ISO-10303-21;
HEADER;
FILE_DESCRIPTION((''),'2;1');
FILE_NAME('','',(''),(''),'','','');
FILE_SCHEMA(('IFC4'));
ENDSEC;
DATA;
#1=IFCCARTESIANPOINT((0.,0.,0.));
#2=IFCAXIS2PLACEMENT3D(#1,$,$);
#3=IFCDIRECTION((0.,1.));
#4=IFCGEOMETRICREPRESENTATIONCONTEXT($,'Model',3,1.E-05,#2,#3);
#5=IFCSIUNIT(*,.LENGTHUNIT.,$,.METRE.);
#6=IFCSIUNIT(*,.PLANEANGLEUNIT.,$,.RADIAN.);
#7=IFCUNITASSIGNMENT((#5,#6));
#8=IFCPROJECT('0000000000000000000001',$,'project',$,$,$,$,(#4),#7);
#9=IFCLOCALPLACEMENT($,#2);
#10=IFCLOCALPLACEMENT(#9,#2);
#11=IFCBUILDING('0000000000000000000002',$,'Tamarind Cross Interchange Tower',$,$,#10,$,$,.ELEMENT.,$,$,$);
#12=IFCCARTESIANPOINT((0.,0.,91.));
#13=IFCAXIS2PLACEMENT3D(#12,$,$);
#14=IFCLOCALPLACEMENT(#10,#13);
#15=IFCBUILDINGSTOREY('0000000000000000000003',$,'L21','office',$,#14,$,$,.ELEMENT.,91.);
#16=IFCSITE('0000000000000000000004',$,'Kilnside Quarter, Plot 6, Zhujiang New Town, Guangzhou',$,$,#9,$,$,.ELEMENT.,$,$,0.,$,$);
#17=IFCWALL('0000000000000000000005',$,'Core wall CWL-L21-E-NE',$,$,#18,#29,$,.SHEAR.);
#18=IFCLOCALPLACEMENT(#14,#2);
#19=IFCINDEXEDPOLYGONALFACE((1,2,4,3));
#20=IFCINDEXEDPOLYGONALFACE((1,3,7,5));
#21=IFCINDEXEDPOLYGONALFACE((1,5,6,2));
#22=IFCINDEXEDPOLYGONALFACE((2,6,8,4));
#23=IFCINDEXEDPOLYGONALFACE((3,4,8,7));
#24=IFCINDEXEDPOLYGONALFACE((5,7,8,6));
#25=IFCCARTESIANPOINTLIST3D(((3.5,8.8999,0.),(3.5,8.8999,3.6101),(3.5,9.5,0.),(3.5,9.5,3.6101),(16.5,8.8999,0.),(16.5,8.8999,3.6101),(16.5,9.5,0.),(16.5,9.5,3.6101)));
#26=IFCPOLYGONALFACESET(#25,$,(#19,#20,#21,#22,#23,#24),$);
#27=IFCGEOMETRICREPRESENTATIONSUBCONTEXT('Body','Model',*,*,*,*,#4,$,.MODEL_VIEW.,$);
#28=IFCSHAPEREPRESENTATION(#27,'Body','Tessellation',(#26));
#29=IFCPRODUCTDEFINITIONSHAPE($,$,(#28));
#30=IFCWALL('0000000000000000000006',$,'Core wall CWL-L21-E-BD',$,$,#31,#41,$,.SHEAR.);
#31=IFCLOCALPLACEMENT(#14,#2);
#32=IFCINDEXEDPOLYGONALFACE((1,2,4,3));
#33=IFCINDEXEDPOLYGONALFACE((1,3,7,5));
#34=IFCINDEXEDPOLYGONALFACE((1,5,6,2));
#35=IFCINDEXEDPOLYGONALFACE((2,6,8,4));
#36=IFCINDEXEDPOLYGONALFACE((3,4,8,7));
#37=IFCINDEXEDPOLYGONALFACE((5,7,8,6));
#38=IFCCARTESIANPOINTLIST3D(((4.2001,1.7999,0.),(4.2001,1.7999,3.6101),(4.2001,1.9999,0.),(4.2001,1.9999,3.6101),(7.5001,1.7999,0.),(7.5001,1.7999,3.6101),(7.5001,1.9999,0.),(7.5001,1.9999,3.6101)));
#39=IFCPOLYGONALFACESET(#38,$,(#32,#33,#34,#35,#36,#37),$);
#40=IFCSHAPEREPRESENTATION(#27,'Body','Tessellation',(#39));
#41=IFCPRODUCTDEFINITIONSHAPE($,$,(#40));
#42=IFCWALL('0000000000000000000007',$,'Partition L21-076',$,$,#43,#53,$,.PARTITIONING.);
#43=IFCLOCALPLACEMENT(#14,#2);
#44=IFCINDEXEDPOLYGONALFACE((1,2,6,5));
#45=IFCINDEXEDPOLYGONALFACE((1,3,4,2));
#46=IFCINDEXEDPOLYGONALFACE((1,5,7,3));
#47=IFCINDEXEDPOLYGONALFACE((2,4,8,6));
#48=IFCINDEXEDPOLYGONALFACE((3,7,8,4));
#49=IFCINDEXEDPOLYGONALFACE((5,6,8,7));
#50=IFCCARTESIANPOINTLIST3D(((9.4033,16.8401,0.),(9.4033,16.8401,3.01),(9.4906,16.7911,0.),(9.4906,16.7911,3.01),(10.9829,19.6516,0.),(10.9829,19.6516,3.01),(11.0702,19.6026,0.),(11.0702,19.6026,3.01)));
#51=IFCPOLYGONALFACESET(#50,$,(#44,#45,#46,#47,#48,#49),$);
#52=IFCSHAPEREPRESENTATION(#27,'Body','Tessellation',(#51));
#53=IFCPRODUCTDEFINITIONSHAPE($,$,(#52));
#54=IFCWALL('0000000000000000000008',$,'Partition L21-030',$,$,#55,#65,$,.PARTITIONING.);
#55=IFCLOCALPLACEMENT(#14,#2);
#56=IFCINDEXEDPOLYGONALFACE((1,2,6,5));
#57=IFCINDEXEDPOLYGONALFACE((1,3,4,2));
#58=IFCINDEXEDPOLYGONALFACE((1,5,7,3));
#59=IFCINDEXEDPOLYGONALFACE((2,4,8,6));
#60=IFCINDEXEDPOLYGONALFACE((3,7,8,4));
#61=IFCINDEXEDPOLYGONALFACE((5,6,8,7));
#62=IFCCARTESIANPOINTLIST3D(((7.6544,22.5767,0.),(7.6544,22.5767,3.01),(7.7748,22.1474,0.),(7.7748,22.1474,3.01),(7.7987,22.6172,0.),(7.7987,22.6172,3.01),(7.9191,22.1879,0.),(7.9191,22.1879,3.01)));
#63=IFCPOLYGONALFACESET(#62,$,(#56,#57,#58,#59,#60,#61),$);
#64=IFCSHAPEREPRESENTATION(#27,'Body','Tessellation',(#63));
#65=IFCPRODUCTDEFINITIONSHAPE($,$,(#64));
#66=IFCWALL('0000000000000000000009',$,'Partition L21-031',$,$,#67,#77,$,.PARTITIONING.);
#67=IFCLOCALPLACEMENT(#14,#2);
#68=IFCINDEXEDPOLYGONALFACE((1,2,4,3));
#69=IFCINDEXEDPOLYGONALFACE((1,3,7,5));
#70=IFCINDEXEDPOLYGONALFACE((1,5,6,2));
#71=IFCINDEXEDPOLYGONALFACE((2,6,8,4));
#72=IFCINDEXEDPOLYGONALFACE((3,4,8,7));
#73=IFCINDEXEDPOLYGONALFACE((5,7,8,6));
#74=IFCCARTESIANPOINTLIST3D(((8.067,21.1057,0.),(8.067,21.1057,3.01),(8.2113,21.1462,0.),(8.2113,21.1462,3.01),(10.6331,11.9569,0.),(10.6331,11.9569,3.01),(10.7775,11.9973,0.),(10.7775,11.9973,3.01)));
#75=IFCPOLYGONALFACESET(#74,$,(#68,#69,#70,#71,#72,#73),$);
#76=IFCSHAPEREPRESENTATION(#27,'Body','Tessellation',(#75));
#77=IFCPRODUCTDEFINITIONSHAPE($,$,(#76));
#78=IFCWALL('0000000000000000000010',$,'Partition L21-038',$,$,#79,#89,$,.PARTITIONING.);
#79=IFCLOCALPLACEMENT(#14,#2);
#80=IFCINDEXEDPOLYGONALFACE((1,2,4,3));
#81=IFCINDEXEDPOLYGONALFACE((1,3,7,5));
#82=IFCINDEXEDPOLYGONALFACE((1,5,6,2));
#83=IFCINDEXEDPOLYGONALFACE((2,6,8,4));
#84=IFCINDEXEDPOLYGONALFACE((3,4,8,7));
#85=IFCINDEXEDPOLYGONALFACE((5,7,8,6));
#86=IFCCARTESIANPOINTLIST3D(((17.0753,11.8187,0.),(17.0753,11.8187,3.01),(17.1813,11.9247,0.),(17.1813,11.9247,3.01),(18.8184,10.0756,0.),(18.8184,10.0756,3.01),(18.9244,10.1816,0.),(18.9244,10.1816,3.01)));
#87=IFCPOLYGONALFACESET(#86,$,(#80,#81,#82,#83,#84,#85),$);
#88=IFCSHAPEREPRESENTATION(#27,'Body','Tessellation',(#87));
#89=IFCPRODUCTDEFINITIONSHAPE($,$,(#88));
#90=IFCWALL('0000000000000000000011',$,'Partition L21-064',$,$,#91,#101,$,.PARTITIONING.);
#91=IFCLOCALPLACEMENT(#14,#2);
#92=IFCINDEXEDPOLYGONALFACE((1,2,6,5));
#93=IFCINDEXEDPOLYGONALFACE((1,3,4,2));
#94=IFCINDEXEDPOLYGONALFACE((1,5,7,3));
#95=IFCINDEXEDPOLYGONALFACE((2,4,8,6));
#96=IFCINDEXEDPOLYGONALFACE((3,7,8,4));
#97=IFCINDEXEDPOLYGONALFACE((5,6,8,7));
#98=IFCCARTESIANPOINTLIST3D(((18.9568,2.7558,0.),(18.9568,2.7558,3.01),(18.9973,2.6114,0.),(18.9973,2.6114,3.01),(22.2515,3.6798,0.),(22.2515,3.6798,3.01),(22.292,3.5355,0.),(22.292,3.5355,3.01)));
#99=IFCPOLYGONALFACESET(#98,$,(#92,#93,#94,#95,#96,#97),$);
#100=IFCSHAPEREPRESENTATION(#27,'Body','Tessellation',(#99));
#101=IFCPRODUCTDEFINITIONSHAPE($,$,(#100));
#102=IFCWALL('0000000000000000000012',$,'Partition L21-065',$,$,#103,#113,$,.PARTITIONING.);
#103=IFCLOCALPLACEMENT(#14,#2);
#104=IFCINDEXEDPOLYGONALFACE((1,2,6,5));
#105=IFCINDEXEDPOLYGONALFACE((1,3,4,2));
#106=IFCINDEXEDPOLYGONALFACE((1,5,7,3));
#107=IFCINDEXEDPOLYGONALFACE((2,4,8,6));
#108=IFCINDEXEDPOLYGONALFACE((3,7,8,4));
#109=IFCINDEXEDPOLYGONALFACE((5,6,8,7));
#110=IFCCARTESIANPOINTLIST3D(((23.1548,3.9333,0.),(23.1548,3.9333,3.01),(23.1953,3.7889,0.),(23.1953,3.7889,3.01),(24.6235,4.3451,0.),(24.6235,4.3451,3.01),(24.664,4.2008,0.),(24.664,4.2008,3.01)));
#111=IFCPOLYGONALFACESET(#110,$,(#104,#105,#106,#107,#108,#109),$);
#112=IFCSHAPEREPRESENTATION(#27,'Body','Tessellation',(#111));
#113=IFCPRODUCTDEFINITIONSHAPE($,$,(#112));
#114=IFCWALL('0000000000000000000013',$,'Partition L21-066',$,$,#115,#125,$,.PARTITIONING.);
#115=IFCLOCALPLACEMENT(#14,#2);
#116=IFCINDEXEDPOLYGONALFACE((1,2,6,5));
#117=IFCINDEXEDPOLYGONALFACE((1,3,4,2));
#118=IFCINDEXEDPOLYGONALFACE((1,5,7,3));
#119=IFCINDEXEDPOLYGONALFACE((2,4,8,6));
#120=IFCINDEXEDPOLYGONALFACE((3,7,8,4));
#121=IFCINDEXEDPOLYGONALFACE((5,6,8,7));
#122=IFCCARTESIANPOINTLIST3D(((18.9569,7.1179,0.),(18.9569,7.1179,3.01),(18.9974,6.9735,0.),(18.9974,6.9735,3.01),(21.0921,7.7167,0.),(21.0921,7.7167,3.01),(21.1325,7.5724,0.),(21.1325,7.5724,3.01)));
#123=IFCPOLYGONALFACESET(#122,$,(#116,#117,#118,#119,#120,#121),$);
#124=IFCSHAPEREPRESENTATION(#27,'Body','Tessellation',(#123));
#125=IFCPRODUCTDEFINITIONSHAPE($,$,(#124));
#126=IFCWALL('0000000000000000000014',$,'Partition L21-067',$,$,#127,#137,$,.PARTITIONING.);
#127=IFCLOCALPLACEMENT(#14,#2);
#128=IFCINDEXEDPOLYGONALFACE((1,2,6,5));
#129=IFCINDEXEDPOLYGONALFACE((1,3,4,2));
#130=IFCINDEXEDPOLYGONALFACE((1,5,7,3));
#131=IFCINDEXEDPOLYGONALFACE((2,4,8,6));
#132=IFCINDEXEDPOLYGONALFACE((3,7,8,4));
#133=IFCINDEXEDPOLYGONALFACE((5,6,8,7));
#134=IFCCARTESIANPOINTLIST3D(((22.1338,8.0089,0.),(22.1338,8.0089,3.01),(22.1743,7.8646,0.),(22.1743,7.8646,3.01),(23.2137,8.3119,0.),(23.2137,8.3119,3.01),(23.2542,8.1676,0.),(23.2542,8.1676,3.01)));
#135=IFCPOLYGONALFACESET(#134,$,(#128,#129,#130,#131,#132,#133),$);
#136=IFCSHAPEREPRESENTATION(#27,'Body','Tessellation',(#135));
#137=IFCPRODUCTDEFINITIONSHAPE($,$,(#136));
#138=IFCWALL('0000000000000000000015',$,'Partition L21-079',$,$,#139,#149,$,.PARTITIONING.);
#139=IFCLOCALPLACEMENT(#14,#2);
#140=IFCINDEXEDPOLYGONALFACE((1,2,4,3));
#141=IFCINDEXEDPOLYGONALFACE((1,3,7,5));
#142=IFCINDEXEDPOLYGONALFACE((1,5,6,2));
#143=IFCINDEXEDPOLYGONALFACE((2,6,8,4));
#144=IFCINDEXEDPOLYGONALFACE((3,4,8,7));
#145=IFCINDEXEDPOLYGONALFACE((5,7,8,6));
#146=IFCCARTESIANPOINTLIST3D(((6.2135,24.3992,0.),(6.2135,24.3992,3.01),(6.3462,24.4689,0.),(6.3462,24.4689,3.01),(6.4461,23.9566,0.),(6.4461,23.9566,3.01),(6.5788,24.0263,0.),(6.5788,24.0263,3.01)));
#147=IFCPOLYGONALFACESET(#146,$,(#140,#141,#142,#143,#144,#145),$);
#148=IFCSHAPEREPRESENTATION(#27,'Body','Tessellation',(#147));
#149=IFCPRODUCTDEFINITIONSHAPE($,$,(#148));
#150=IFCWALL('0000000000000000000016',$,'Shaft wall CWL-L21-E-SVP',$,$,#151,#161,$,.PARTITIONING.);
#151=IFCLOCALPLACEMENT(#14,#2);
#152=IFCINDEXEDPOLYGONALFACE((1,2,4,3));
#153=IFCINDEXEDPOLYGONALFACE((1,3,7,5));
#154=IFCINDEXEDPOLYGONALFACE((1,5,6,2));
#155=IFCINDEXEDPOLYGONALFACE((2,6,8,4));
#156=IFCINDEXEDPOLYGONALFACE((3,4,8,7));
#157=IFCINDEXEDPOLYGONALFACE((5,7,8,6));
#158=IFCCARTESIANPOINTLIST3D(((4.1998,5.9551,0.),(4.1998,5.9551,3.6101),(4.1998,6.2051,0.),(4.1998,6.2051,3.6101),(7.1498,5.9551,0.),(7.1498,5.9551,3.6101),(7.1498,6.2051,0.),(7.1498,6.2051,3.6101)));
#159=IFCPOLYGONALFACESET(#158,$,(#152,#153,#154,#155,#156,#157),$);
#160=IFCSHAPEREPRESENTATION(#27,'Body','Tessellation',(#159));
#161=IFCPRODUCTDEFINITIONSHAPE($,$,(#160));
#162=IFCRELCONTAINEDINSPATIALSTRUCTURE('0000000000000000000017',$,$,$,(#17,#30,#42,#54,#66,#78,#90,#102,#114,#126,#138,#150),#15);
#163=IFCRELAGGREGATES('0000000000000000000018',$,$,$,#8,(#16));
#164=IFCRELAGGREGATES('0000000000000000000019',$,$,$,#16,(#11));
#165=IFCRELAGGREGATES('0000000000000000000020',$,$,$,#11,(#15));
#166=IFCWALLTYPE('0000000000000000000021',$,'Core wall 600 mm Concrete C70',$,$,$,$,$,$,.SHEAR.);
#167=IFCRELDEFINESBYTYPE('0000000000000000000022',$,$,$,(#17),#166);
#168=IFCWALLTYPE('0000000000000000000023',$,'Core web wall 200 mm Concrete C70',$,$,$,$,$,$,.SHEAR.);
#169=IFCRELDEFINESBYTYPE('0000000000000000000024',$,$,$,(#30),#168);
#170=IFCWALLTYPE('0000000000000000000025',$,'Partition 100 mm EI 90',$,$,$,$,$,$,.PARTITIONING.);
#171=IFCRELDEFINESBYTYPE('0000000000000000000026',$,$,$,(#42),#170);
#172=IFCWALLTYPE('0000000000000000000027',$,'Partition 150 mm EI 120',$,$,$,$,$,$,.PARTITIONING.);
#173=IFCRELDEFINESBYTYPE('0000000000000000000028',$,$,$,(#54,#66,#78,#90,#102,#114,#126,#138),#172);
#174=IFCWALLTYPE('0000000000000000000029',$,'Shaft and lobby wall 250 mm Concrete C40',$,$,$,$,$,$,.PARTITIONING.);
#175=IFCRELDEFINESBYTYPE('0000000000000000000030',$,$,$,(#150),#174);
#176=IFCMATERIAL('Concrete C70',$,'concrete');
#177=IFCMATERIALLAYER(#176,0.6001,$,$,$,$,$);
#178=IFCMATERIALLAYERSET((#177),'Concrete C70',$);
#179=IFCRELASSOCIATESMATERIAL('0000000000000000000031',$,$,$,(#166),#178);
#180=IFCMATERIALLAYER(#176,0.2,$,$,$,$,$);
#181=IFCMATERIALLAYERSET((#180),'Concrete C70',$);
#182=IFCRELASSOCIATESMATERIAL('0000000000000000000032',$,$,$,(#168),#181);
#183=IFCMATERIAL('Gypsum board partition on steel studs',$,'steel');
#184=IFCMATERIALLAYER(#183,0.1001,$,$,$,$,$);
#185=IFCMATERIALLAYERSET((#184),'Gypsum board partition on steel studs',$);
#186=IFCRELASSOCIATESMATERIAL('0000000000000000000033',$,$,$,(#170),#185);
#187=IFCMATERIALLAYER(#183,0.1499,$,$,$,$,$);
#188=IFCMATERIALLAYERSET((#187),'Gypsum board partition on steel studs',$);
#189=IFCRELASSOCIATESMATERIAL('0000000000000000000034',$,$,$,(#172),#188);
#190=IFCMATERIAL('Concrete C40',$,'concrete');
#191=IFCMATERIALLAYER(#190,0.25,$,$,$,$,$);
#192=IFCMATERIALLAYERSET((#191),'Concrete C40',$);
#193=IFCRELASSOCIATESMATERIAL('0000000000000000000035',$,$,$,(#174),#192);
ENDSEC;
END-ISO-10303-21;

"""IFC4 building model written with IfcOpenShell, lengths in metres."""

from ifc_helpers import new_model, si_unit, direction, frame, frame_2d, origin, place, context, subcontext, project, spatial, rectangle, extrude, material, layer, layer_set, type_object, element, save


model = new_model("IFC4")

# Units and contexts
model_context = context("Model", 3, precision=1e-05, world=origin(), true_north=direction((0.0, 1.0)))
body_context = subcontext(model_context, "Body", "Model", "MODEL_VIEW")
ifc_project = project(units=[si_unit("LENGTHUNIT", "METRE"), si_unit("PLANEANGLEUNIT", "RADIAN")], contexts=[model_context])

# Site, building, storey
site_placement = place(None, origin())
site = spatial("IfcSite", under=ifc_project, at=site_placement, Name="Kilnside Quarter, Plot 6, Zhujiang New Town, Guangzhou", CompositionType="ELEMENT", RefElevation=0.0)
building_placement = place(site_placement, origin())
building = spatial("IfcBuilding", under=site, at=building_placement, Name="Tamarind Cross Interchange Tower", CompositionType="ELEMENT")
storey_placement = place(building_placement, frame((0.0, 0.0, 91.0)))
storey = spatial("IfcBuildingStorey", under=building, at=storey_placement, Name="L21", Description="office", CompositionType="ELEMENT", Elevation=91.0)

# Walls
ifc_material_1 = material(Name="Concrete C70", Category="concrete")
ifc_layer_1 = layer(ifc_material_1, 0.6001)
ifc_layer_set_1 = layer_set([ifc_layer_1], Name="Concrete C70")
wall_type_1 = type_object("IfcWallType", Name="Core wall 600 mm Concrete C70", PredefinedType="SHEAR", material=ifc_layer_set_1)
wall_1_placement = place(storey_placement, frame((16.5, 9.2, 0.0), z_axis=(0.0, 0.0, 1.0), x_axis=(-1.0, 0.0, 0.0)))
element("IfcWall", 1, at=wall_1_placement, inside=storey, type_object=wall_type_1, Name="Core wall CWL-L21-E-NE", PredefinedType="SHEAR", context=body_context, shape_type="SweptSolid", body=[
    extrude(rectangle(XDim=13.0, YDim=0.6001, at=frame_2d((6.5, 0.0))), origin(), (0.0, 0.0, 1.0), 3.6101),
])
ifc_layer_2 = layer(ifc_material_1, 0.2)
ifc_layer_set_2 = layer_set([ifc_layer_2], Name="Concrete C70")
wall_type_2 = type_object("IfcWallType", Name="Core web wall 200 mm Concrete C70", PredefinedType="SHEAR", material=ifc_layer_set_2)
wall_2_placement = place(storey_placement, frame((7.5, 1.8999, 0.0), z_axis=(0.0, 0.0, 1.0), x_axis=(-1.0, 0.0, 0.0)))
element("IfcWall", 2, at=wall_2_placement, inside=storey, type_object=wall_type_2, Name="Core wall CWL-L21-E-BD", PredefinedType="SHEAR", context=body_context, shape_type="SweptSolid", body=[
    extrude(rectangle(XDim=3.3, YDim=0.2, at=frame_2d((1.6499, 0.0))), origin(), (0.0, 0.0, 1.0), 3.6101),
])
ifc_material_2 = material(Name="Gypsum board partition on steel studs", Category="steel")
ifc_layer_3 = layer(ifc_material_2, 0.1001)
ifc_layer_set_3 = layer_set([ifc_layer_3], Name="Gypsum board partition on steel studs")
wall_type_3 = type_object("IfcWallType", Name="Partition 100 mm EI 90", PredefinedType="PARTITIONING", material=ifc_layer_set_3)
wall_3_placement = place(storey_placement, frame((9.447, 16.8157, 0.0), z_axis=(0.0, 0.0, 1.0), x_axis=(0.489815, 0.871826, 0.0)))
element("IfcWall", 3, at=wall_3_placement, inside=storey, type_object=wall_type_3, Name="Partition L21-076", PredefinedType="PARTITIONING", context=body_context, shape_type="SweptSolid", body=[
    extrude(rectangle(XDim=3.2249, YDim=0.1001, at=frame_2d((1.6123, 0.0))), origin(), (0.0, 0.0, 1.0), 3.01),
])
ifc_layer_4 = layer(ifc_material_2, 0.1499)
ifc_layer_set_4 = layer_set([ifc_layer_4], Name="Gypsum board partition on steel studs")
wall_type_4 = type_object("IfcWallType", Name="Partition 150 mm EI 120", PredefinedType="PARTITIONING", material=ifc_layer_set_4)
wall_4_placement = place(storey_placement, frame((7.7266, 22.5969, 0.0), z_axis=(0.0, 0.0, 1.0), x_axis=(0.270016, -0.962856, 0.0)))
element("IfcWall", 4, at=wall_4_placement, inside=storey, type_object=wall_type_4, Name="Partition L21-030", PredefinedType="PARTITIONING", context=body_context, shape_type="SweptSolid", body=[
    extrude(rectangle(XDim=0.4458, YDim=0.1499, at=frame_2d((0.2229, 0.0))), origin(), (0.0, 0.0, 1.0), 3.01),
])
wall_5_placement = place(storey_placement, frame((8.1392, 21.126, 0.0), z_axis=(0.0, 0.0, 1.0), x_axis=(0.270065, -0.962842, 0.0)))
element("IfcWall", 5, at=wall_5_placement, inside=storey, type_object=wall_type_4, Name="Partition L21-031", PredefinedType="PARTITIONING", context=body_context, shape_type="SweptSolid", body=[
    extrude(rectangle(XDim=9.502, YDim=0.1499, at=frame_2d((4.751, 0.0))), origin(), (0.0, 0.0, 1.0), 3.01),
])
wall_6_placement = place(storey_placement, frame((17.1284, 11.8716, 0.0), z_axis=(0.0, 0.0, 1.0), x_axis=(0.707107, -0.707107, 0.0)))
element("IfcWall", 6, at=wall_6_placement, inside=storey, type_object=wall_type_4, Name="Partition L21-038", PredefinedType="PARTITIONING", context=body_context, shape_type="SweptSolid", body=[
    extrude(rectangle(XDim=2.4651, YDim=0.1499, at=frame_2d((1.2324, 0.0))), origin(), (0.0, 0.0, 1.0), 3.01),
])
wall_7_placement = place(storey_placement, frame((18.9771, 2.6836, 0.0), z_axis=(0.0, 0.0, 1.0), x_axis=(0.962845, 0.270053, 0.0)))
element("IfcWall", 7, at=wall_7_placement, inside=storey, type_object=wall_type_4, Name="Partition L21-064", PredefinedType="PARTITIONING", context=body_context, shape_type="SweptSolid", body=[
    extrude(rectangle(XDim=3.4219, YDim=0.1499, at=frame_2d((1.7109, 0.0))), origin(), (0.0, 0.0, 1.0), 3.01),
])
wall_8_placement = place(storey_placement, frame((23.175, 3.8611, 0.0), z_axis=(0.0, 0.0, 1.0), x_axis=(0.962859, 0.270004, 0.0)))
element("IfcWall", 8, at=wall_8_placement, inside=storey, type_object=wall_type_4, Name="Partition L21-065", PredefinedType="PARTITIONING", context=body_context, shape_type="SweptSolid", body=[
    extrude(rectangle(XDim=1.5254, YDim=0.1499, at=frame_2d((0.7627, 0.0))), origin(), (0.0, 0.0, 1.0), 3.01),
])
wall_9_placement = place(storey_placement, frame((18.9771, 7.0457, 0.0), z_axis=(0.0, 0.0, 1.0), x_axis=(0.962846, 0.27005, 0.0)))
element("IfcWall", 9, at=wall_9_placement, inside=storey, type_object=wall_type_4, Name="Partition L21-066", PredefinedType="PARTITIONING", context=body_context, shape_type="SweptSolid", body=[
    extrude(rectangle(XDim=2.2175, YDim=0.1499, at=frame_2d((1.1089, 0.0))), origin(), (0.0, 0.0, 1.0), 3.01),
])
wall_10_placement = place(storey_placement, frame((22.1541, 7.9368, 0.0), z_axis=(0.0, 0.0, 1.0), x_axis=(0.962819, 0.270147, 0.0)))
element("IfcWall", 10, at=wall_10_placement, inside=storey, type_object=wall_type_4, Name="Partition L21-067", PredefinedType="PARTITIONING", context=body_context, shape_type="SweptSolid", body=[
    extrude(rectangle(XDim=1.1216, YDim=0.1499, at=frame_2d((0.5608, 0.0))), origin(), (0.0, 0.0, 1.0), 3.01),
])
wall_11_placement = place(storey_placement, frame((6.5125, 23.9915, 0.0), z_axis=(0.0, 0.0, 1.0), x_axis=(-0.465284, 0.885162, 0.0)))
element("IfcWall", 11, at=wall_11_placement, inside=storey, type_object=wall_type_4, Name="Partition L21-079", PredefinedType="PARTITIONING", context=body_context, shape_type="SweptSolid", body=[
    extrude(rectangle(XDim=0.5, YDim=0.1499, at=frame_2d((0.25, 0.0))), origin(), (0.0, 0.0, 1.0), 3.01),
])
ifc_material_3 = material(Name="Concrete C40", Category="concrete")
ifc_layer_5 = layer(ifc_material_3, 0.25)
ifc_layer_set_5 = layer_set([ifc_layer_5], Name="Concrete C40")
wall_type_5 = type_object("IfcWallType", Name="Shaft and lobby wall 250 mm Concrete C40", PredefinedType="PARTITIONING", material=ifc_layer_set_5)
wall_12_placement = place(storey_placement, frame((7.1499, 6.0801, 0.0), z_axis=(0.0, 0.0, 1.0), x_axis=(-1.0, 0.0, 0.0)))
element("IfcWall", 12, at=wall_12_placement, inside=storey, type_object=wall_type_5, Name="Shaft wall CWL-L21-E-SVP", PredefinedType="PARTITIONING", context=body_context, shape_type="SweptSolid", body=[
    extrude(rectangle(XDim=2.95, YDim=0.25, at=frame_2d((1.4751, 0.0))), origin(), (0.0, 0.0, 1.0), 3.6101),
])

save(model, "model.ifc")
